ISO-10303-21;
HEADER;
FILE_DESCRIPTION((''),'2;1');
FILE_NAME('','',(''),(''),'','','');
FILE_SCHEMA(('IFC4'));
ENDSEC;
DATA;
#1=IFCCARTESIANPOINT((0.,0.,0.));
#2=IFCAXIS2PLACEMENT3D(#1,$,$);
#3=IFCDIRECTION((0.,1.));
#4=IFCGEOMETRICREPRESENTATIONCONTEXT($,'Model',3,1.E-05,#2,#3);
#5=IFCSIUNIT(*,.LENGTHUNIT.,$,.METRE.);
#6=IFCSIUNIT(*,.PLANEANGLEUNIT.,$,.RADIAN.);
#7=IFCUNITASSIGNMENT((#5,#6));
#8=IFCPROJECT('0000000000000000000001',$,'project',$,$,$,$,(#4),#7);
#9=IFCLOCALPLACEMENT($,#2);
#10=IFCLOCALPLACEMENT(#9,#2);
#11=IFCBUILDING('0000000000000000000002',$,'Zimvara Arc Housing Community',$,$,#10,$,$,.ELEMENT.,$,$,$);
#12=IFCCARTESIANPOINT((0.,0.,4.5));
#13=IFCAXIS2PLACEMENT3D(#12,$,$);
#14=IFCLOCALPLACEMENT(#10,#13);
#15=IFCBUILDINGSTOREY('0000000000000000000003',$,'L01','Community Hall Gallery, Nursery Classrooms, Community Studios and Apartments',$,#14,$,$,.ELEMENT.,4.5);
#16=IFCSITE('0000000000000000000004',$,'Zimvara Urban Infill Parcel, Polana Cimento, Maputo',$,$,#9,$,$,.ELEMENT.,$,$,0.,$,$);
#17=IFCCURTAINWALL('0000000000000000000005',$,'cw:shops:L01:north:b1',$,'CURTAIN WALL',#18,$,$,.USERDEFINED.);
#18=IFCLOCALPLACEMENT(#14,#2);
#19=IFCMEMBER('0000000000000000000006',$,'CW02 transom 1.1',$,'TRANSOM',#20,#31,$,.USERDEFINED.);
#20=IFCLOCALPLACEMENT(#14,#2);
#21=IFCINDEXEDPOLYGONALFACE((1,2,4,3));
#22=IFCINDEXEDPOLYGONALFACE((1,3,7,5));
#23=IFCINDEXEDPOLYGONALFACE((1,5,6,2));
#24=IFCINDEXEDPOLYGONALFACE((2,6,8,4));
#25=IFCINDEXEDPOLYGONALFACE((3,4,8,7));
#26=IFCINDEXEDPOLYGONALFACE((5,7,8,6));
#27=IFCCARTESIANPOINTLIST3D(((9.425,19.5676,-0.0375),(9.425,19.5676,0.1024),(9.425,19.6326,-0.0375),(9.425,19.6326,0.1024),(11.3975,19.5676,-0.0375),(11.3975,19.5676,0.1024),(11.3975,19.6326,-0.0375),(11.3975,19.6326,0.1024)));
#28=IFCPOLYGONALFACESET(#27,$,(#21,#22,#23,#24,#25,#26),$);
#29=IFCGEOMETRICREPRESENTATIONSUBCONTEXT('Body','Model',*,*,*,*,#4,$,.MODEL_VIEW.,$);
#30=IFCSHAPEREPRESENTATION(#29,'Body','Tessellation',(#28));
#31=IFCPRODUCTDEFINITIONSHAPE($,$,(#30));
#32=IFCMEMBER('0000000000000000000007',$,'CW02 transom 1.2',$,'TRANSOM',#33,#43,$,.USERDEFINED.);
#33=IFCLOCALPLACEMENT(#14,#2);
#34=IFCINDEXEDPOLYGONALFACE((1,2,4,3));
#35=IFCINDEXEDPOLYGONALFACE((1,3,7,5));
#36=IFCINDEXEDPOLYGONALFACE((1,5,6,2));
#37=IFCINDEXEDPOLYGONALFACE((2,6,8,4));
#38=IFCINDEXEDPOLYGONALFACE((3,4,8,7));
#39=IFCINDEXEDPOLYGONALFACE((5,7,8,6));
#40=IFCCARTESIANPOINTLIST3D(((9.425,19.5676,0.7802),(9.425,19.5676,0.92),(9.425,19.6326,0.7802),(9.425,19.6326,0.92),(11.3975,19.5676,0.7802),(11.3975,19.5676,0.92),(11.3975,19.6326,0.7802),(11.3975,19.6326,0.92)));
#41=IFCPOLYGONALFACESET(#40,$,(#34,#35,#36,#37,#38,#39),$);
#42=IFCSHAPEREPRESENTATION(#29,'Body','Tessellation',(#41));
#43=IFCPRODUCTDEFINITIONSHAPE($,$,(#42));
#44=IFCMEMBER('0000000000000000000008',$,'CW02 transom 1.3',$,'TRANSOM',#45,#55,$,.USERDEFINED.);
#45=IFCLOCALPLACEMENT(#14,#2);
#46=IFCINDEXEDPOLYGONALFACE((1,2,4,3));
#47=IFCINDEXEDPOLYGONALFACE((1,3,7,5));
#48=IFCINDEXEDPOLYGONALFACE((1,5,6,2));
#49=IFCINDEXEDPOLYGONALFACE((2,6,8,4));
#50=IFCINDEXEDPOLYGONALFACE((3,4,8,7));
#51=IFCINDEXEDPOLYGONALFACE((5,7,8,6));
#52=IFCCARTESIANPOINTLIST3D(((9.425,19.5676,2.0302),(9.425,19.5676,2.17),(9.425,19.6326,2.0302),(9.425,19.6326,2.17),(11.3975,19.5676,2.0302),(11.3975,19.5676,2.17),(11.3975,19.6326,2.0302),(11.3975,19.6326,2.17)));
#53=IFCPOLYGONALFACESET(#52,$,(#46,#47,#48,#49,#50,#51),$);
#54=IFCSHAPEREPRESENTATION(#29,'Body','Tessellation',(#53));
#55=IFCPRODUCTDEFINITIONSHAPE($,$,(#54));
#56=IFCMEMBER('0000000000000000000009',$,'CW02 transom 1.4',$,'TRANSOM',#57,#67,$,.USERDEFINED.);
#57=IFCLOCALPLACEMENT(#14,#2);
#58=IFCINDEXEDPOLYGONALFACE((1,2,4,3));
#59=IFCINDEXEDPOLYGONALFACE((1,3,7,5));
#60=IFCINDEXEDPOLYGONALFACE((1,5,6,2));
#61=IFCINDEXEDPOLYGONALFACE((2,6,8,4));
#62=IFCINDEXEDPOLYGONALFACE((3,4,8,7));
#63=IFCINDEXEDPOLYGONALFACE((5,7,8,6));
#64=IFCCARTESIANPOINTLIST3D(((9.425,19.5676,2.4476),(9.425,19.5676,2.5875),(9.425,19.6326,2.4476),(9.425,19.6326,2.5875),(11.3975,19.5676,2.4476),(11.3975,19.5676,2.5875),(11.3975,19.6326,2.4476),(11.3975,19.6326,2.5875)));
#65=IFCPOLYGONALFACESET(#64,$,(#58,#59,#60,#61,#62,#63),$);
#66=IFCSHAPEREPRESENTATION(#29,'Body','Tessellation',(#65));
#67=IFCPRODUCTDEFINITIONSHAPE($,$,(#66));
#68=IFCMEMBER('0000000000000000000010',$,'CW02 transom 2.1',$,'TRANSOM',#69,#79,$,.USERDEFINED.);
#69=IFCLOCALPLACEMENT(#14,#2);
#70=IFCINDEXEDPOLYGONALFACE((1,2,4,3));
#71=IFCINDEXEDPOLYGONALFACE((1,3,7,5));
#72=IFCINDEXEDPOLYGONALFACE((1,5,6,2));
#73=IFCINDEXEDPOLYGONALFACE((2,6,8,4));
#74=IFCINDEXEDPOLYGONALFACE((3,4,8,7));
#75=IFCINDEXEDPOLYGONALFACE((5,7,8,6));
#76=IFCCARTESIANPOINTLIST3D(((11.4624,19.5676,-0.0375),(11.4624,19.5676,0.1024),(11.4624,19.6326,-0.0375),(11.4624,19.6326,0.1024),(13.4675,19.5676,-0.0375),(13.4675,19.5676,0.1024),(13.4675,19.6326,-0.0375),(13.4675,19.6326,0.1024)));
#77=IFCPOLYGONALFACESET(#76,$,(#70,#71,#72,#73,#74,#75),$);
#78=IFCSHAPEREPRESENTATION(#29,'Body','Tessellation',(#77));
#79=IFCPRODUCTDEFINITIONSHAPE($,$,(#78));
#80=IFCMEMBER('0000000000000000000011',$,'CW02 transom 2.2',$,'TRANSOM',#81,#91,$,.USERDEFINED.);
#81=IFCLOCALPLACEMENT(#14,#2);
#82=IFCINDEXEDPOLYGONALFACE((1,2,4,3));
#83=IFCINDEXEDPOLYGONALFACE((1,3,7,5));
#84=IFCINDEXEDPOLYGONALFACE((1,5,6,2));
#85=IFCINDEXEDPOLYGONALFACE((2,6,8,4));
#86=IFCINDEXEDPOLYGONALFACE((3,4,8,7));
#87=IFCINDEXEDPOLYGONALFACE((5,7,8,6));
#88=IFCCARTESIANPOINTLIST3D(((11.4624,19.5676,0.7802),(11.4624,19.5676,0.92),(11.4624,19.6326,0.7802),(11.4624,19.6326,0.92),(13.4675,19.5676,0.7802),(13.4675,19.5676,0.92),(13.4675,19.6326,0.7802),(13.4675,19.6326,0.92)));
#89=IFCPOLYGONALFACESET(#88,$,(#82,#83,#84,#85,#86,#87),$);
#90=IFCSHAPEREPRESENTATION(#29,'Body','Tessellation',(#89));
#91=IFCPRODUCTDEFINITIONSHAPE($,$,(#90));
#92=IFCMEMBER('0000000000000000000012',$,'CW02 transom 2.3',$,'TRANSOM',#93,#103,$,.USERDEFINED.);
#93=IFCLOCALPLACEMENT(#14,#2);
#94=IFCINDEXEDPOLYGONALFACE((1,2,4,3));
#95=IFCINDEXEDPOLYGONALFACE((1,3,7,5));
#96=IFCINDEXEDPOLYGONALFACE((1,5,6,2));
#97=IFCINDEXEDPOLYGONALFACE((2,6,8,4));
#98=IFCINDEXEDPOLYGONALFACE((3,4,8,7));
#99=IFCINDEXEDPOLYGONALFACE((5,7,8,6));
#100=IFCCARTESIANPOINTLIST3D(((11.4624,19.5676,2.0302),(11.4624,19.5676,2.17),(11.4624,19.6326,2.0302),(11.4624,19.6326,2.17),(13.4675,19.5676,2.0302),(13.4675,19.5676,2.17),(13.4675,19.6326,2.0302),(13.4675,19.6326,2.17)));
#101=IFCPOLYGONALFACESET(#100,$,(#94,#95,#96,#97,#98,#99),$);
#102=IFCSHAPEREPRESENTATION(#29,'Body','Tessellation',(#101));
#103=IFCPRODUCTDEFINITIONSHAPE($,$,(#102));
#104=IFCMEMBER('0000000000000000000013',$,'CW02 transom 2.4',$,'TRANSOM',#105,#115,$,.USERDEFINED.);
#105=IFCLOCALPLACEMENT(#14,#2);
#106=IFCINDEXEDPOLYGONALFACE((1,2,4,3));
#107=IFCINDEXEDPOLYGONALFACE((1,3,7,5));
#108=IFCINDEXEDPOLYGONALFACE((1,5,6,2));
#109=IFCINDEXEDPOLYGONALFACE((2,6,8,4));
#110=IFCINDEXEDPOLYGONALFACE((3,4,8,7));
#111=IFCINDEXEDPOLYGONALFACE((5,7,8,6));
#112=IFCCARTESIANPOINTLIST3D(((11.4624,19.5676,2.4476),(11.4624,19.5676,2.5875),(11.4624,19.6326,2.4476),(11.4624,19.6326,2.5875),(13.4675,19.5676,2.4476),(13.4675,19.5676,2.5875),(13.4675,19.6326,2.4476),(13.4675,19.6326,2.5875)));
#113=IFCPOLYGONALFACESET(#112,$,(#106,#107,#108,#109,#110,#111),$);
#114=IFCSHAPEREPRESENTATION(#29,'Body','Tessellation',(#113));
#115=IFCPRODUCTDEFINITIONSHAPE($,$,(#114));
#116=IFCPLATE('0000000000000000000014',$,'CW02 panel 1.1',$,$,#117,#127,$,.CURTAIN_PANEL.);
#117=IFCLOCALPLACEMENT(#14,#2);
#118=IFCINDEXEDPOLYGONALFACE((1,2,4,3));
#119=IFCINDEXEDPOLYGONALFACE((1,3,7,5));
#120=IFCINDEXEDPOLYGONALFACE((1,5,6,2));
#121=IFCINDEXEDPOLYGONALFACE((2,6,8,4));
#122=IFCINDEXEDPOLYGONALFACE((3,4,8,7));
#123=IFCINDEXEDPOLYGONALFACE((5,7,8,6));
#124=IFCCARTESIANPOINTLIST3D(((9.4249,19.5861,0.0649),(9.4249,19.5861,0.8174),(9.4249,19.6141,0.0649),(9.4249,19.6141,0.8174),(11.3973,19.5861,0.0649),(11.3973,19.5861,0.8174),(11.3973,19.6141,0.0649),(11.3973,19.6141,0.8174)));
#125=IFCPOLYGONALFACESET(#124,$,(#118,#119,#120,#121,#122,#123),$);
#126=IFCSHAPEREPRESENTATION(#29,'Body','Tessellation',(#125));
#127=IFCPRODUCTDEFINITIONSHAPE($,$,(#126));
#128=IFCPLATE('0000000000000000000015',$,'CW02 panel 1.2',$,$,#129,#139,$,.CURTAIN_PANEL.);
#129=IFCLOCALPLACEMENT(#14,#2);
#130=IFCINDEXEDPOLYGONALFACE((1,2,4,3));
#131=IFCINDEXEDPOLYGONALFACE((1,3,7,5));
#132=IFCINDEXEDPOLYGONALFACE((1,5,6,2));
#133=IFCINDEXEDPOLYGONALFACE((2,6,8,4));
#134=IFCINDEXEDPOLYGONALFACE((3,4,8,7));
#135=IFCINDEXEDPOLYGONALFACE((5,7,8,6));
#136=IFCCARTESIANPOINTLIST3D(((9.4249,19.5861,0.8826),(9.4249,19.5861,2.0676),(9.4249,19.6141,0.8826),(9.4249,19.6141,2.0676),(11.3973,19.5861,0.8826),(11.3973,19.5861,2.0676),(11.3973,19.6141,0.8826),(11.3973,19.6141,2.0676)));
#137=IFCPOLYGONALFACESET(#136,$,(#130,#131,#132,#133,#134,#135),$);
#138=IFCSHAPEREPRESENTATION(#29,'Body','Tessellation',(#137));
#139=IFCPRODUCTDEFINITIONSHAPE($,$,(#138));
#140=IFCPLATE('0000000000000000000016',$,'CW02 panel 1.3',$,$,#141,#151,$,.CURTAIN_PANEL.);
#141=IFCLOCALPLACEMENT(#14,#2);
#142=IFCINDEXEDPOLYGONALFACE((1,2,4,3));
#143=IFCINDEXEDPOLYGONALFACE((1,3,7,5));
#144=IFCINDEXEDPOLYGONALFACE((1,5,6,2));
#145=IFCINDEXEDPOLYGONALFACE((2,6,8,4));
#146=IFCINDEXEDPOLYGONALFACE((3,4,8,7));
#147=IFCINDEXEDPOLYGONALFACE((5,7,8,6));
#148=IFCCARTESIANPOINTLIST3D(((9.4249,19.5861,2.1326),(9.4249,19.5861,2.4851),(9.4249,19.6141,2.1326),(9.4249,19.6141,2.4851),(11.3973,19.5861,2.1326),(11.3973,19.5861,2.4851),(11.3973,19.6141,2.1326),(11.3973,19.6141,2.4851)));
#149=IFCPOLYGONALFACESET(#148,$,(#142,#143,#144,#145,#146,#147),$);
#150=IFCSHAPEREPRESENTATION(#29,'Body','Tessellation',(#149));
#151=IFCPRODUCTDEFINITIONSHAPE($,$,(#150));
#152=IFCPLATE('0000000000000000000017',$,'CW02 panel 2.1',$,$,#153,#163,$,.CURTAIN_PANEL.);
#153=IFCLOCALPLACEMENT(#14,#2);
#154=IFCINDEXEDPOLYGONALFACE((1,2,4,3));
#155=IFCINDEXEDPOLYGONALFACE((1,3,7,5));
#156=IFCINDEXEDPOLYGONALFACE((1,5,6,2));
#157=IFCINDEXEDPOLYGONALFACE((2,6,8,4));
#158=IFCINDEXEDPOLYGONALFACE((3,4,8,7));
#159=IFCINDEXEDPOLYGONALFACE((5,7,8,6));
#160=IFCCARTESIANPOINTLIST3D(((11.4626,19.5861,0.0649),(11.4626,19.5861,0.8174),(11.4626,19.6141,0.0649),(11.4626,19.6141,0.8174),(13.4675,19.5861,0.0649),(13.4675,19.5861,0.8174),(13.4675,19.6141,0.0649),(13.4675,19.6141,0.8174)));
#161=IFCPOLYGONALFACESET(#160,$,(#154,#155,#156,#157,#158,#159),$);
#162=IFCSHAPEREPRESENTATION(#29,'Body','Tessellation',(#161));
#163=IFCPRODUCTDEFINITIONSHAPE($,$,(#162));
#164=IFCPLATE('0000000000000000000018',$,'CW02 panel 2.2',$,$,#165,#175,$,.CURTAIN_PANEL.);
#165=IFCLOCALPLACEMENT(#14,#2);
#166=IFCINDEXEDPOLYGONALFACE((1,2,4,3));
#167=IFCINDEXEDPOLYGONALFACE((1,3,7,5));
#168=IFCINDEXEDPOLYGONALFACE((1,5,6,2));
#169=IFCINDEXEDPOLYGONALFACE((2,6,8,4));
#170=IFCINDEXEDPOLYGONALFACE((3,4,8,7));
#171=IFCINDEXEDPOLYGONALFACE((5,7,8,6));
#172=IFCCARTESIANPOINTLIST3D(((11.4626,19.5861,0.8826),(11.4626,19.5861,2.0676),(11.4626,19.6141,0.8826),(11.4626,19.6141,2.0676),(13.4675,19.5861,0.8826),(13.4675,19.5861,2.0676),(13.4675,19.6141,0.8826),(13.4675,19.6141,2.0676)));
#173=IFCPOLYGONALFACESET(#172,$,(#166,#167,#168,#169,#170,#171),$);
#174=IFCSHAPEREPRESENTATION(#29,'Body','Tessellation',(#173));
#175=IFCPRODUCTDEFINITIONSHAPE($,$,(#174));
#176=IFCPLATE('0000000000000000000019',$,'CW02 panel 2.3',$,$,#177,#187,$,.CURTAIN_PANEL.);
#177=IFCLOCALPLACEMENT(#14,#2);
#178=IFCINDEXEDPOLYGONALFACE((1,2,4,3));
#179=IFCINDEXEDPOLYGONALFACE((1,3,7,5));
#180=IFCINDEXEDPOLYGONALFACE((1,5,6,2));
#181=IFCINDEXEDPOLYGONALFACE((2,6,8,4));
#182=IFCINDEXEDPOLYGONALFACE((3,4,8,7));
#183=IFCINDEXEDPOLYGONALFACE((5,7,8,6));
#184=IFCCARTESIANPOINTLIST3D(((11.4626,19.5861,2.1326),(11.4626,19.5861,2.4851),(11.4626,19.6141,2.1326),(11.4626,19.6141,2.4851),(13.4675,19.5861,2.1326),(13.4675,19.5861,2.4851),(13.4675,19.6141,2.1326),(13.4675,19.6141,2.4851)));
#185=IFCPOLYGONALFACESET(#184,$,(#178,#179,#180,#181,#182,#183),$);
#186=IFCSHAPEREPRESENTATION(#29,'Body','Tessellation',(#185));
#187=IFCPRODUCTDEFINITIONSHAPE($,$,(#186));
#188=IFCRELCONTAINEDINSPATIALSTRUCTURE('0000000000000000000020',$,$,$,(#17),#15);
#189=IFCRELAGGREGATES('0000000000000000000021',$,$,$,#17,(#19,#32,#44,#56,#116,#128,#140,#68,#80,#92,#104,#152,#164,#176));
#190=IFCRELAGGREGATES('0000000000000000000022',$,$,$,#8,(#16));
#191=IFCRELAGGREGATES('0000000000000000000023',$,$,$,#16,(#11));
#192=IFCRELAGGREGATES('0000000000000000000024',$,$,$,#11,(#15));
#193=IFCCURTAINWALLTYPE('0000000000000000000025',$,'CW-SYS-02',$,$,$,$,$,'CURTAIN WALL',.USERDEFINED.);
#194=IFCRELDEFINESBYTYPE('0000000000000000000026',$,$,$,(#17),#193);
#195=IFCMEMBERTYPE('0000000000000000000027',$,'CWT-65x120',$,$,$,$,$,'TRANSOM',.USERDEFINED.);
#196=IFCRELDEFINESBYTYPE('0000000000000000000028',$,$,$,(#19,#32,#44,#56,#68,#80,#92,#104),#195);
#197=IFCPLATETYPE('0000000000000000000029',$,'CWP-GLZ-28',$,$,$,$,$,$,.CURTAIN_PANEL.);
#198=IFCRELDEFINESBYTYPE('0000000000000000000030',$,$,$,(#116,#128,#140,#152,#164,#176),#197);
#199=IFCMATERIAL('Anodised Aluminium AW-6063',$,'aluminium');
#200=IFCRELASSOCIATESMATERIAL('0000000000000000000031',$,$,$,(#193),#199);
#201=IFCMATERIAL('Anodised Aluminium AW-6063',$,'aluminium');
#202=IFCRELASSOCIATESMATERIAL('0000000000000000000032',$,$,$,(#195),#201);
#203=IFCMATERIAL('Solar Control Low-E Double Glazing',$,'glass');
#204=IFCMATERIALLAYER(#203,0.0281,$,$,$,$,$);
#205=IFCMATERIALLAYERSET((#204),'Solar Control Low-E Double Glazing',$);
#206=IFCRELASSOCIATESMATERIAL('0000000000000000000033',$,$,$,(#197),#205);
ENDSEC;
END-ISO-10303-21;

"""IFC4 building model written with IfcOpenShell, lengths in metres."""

from ifc_helpers import new_model, si_unit, direction, frame, origin, origin_2d, place, context, subcontext, project, spatial, rectangle, extrude, material, layer, layer_set, material_profile, profile_set, type_object, element, aggregate, save


model = new_model("IFC4")

# Units and contexts
model_context = context("Model", 3, precision=1e-05, world=origin(), true_north=direction((0.0, 1.0)))
body_context = subcontext(model_context, "Body", "Model", "MODEL_VIEW")
ifc_project = project(units=[si_unit("LENGTHUNIT", "METRE"), si_unit("PLANEANGLEUNIT", "RADIAN")], contexts=[model_context])

# Site, building, storey
site_placement = place(None, origin())
site = spatial("IfcSite", under=ifc_project, at=site_placement, Name="Zimvara Urban Infill Parcel, Polana Cimento, Maputo", CompositionType="ELEMENT", RefElevation=0.0)
building_placement = place(site_placement, origin())
building = spatial("IfcBuilding", under=site, at=building_placement, Name="Zimvara Arc Housing Community", CompositionType="ELEMENT")
storey_placement = place(building_placement, frame((0.0, 0.0, 4.5)))
storey = spatial("IfcBuildingStorey", under=building, at=storey_placement, Name="L01", Description="Community Hall Gallery, Nursery Classrooms, Community Studios and Apartments", CompositionType="ELEMENT", Elevation=4.5)

# Curtain wall, members, plates
ifc_material_1 = material(Name="Anodised Aluminium AW-6063", Category="aluminium")
curtain_wall_type = type_object("IfcCurtainWallType", Name="CW-SYS-02", ElementType="CURTAIN WALL", PredefinedType="USERDEFINED", material=ifc_material_1)
curtain_wall_placement = place(storey_placement, origin())
curtain_wall = element("IfcCurtainWall", 1, at=curtain_wall_placement, inside=storey, type_object=curtain_wall_type, Name="cw:shops:L01:north:b1", ObjectType="CURTAIN WALL", PredefinedType="USERDEFINED")
ifc_material_2 = material(Name="Anodised Aluminium AW-6063", Category="aluminium")
ifc_material_profile_1 = material_profile(ifc_material_2, rectangle(XDim=0.0649, YDim=0.1399, at=origin_2d()), Name="ALU 65x140")
ifc_profile_set_1 = profile_set([ifc_material_profile_1], Name="Anodised Aluminium AW-6063")
member_type_1 = type_object("IfcMemberType", Name="CWT-65x120", ElementType="TRANSOM", PredefinedType="USERDEFINED", material=ifc_profile_set_1)
member_1_placement = place(storey_placement, frame((9.425, 19.6001, 0.0325), z_axis=(1.0, 0.0, 0.0), x_axis=(0.0, 1.0, 0.0)))
member_1 = element("IfcMember", 2, at=member_1_placement, type_object=member_type_1, Name="CW02 transom 1.1", ObjectType="TRANSOM", PredefinedType="USERDEFINED", context=body_context, shape_type="SweptSolid", body=[
    extrude(rectangle(XDim=0.0649, YDim=0.1399, at=origin_2d()), origin(), (0.0, 0.0, 1.0), 1.9724),
])
member_2_placement = place(storey_placement, frame((9.425, 19.6001, 0.8501), z_axis=(1.0, 0.0, 0.0), x_axis=(0.0, 1.0, 0.0)))
member_2 = element("IfcMember", 3, at=member_2_placement, type_object=member_type_1, Name="CW02 transom 1.2", ObjectType="TRANSOM", PredefinedType="USERDEFINED", context=body_context, shape_type="SweptSolid", body=[
    extrude(rectangle(XDim=0.0649, YDim=0.1399, at=origin_2d()), origin(), (0.0, 0.0, 1.0), 1.9724),
])
member_3_placement = place(storey_placement, frame((9.425, 19.6001, 2.1001), z_axis=(1.0, 0.0, 0.0), x_axis=(0.0, 1.0, 0.0)))
member_3 = element("IfcMember", 4, at=member_3_placement, type_object=member_type_1, Name="CW02 transom 1.3", ObjectType="TRANSOM", PredefinedType="USERDEFINED", context=body_context, shape_type="SweptSolid", body=[
    extrude(rectangle(XDim=0.0649, YDim=0.1399, at=origin_2d()), origin(), (0.0, 0.0, 1.0), 1.9724),
])
member_4_placement = place(storey_placement, frame((9.425, 19.6001, 2.5176), z_axis=(1.0, 0.0, 0.0), x_axis=(0.0, 1.0, 0.0)))
member_4 = element("IfcMember", 5, at=member_4_placement, type_object=member_type_1, Name="CW02 transom 1.4", ObjectType="TRANSOM", PredefinedType="USERDEFINED", context=body_context, shape_type="SweptSolid", body=[
    extrude(rectangle(XDim=0.0649, YDim=0.1399, at=origin_2d()), origin(), (0.0, 0.0, 1.0), 1.9724),
])
member_5_placement = place(storey_placement, frame((11.4624, 19.6001, 0.0325), z_axis=(1.0, 0.0, 0.0), x_axis=(0.0, 1.0, 0.0)))
member_5 = element("IfcMember", 6, at=member_5_placement, type_object=member_type_1, Name="CW02 transom 2.1", ObjectType="TRANSOM", PredefinedType="USERDEFINED", context=body_context, shape_type="SweptSolid", body=[
    extrude(rectangle(XDim=0.0649, YDim=0.1399, at=origin_2d()), origin(), (0.0, 0.0, 1.0), 2.0051),
])
member_6_placement = place(storey_placement, frame((11.4624, 19.6001, 0.8501), z_axis=(1.0, 0.0, 0.0), x_axis=(0.0, 1.0, 0.0)))
member_6 = element("IfcMember", 7, at=member_6_placement, type_object=member_type_1, Name="CW02 transom 2.2", ObjectType="TRANSOM", PredefinedType="USERDEFINED", context=body_context, shape_type="SweptSolid", body=[
    extrude(rectangle(XDim=0.0649, YDim=0.1399, at=origin_2d()), origin(), (0.0, 0.0, 1.0), 2.0051),
])
member_7_placement = place(storey_placement, frame((11.4624, 19.6001, 2.1001), z_axis=(1.0, 0.0, 0.0), x_axis=(0.0, 1.0, 0.0)))
member_7 = element("IfcMember", 8, at=member_7_placement, type_object=member_type_1, Name="CW02 transom 2.3", ObjectType="TRANSOM", PredefinedType="USERDEFINED", context=body_context, shape_type="SweptSolid", body=[
    extrude(rectangle(XDim=0.0649, YDim=0.1399, at=origin_2d()), origin(), (0.0, 0.0, 1.0), 2.0051),
])
member_8_placement = place(storey_placement, frame((11.4624, 19.6001, 2.5176), z_axis=(1.0, 0.0, 0.0), x_axis=(0.0, 1.0, 0.0)))
member_8 = element("IfcMember", 9, at=member_8_placement, type_object=member_type_1, Name="CW02 transom 2.4", ObjectType="TRANSOM", PredefinedType="USERDEFINED", context=body_context, shape_type="SweptSolid", body=[
    extrude(rectangle(XDim=0.0649, YDim=0.1399, at=origin_2d()), origin(), (0.0, 0.0, 1.0), 2.0051),
])
ifc_material_3 = material(Name="Solar Control Low-E Double Glazing", Category="glass")
ifc_layer_1 = layer(ifc_material_3, 0.0281)
ifc_layer_set_1 = layer_set([ifc_layer_1], Name="Solar Control Low-E Double Glazing")
plate_type = type_object("IfcPlateType", Name="CWP-GLZ-28", PredefinedType="CURTAIN_PANEL", material=ifc_layer_set_1)
plate_1_placement = place(storey_placement, frame((10.4111, 19.6001, 0.0649), z_axis=(0.0, 0.0, 1.0), x_axis=(1.0, 0.0, 0.0)))
plate_1 = element("IfcPlate", 10, at=plate_1_placement, type_object=plate_type, Name="CW02 panel 1.1", PredefinedType="CURTAIN_PANEL", context=body_context, shape_type="SweptSolid", body=[
    extrude(rectangle(XDim=1.9724, YDim=0.0281, at=origin_2d()), origin(), (0.0, 0.0, 1.0), 0.7524),
])
plate_2_placement = place(storey_placement, frame((10.4111, 19.6001, 0.8826), z_axis=(0.0, 0.0, 1.0), x_axis=(1.0, 0.0, 0.0)))
plate_2 = element("IfcPlate", 11, at=plate_2_placement, type_object=plate_type, Name="CW02 panel 1.2", PredefinedType="CURTAIN_PANEL", context=body_context, shape_type="SweptSolid", body=[
    extrude(rectangle(XDim=1.9724, YDim=0.0281, at=origin_2d()), origin(), (0.0, 0.0, 1.0), 1.1851),
])
plate_3_placement = place(storey_placement, frame((10.4111, 19.6001, 2.1326), z_axis=(0.0, 0.0, 1.0), x_axis=(1.0, 0.0, 0.0)))
plate_3 = element("IfcPlate", 12, at=plate_3_placement, type_object=plate_type, Name="CW02 panel 1.3", PredefinedType="CURTAIN_PANEL", context=body_context, shape_type="SweptSolid", body=[
    extrude(rectangle(XDim=1.9724, YDim=0.0281, at=origin_2d()), origin(), (0.0, 0.0, 1.0), 0.3525),
])
plate_4_placement = place(storey_placement, frame((12.4651, 19.6001, 0.0649), z_axis=(0.0, 0.0, 1.0), x_axis=(1.0, 0.0, 0.0)))
plate_4 = element("IfcPlate", 13, at=plate_4_placement, type_object=plate_type, Name="CW02 panel 2.1", PredefinedType="CURTAIN_PANEL", context=body_context, shape_type="SweptSolid", body=[
    extrude(rectangle(XDim=2.0049, YDim=0.0281, at=origin_2d()), origin(), (0.0, 0.0, 1.0), 0.7524),
])
plate_5_placement = place(storey_placement, frame((12.4651, 19.6001, 0.8826), z_axis=(0.0, 0.0, 1.0), x_axis=(1.0, 0.0, 0.0)))
plate_5 = element("IfcPlate", 14, at=plate_5_placement, type_object=plate_type, Name="CW02 panel 2.2", PredefinedType="CURTAIN_PANEL", context=body_context, shape_type="SweptSolid", body=[
    extrude(rectangle(XDim=2.0049, YDim=0.0281, at=origin_2d()), origin(), (0.0, 0.0, 1.0), 1.1851),
])
plate_6_placement = place(storey_placement, frame((12.4651, 19.6001, 2.1326), z_axis=(0.0, 0.0, 1.0), x_axis=(1.0, 0.0, 0.0)))
plate_6 = element("IfcPlate", 15, at=plate_6_placement, type_object=plate_type, Name="CW02 panel 2.3", PredefinedType="CURTAIN_PANEL", context=body_context, shape_type="SweptSolid", body=[
    extrude(rectangle(XDim=2.0049, YDim=0.0281, at=origin_2d()), origin(), (0.0, 0.0, 1.0), 0.3525),
])
aggregate(curtain_wall, [member_1, member_2, member_3, member_4, plate_1, plate_2, plate_3, member_5, member_6, member_7, member_8, plate_4, plate_5, plate_6])

save(model, "model.ifc")
